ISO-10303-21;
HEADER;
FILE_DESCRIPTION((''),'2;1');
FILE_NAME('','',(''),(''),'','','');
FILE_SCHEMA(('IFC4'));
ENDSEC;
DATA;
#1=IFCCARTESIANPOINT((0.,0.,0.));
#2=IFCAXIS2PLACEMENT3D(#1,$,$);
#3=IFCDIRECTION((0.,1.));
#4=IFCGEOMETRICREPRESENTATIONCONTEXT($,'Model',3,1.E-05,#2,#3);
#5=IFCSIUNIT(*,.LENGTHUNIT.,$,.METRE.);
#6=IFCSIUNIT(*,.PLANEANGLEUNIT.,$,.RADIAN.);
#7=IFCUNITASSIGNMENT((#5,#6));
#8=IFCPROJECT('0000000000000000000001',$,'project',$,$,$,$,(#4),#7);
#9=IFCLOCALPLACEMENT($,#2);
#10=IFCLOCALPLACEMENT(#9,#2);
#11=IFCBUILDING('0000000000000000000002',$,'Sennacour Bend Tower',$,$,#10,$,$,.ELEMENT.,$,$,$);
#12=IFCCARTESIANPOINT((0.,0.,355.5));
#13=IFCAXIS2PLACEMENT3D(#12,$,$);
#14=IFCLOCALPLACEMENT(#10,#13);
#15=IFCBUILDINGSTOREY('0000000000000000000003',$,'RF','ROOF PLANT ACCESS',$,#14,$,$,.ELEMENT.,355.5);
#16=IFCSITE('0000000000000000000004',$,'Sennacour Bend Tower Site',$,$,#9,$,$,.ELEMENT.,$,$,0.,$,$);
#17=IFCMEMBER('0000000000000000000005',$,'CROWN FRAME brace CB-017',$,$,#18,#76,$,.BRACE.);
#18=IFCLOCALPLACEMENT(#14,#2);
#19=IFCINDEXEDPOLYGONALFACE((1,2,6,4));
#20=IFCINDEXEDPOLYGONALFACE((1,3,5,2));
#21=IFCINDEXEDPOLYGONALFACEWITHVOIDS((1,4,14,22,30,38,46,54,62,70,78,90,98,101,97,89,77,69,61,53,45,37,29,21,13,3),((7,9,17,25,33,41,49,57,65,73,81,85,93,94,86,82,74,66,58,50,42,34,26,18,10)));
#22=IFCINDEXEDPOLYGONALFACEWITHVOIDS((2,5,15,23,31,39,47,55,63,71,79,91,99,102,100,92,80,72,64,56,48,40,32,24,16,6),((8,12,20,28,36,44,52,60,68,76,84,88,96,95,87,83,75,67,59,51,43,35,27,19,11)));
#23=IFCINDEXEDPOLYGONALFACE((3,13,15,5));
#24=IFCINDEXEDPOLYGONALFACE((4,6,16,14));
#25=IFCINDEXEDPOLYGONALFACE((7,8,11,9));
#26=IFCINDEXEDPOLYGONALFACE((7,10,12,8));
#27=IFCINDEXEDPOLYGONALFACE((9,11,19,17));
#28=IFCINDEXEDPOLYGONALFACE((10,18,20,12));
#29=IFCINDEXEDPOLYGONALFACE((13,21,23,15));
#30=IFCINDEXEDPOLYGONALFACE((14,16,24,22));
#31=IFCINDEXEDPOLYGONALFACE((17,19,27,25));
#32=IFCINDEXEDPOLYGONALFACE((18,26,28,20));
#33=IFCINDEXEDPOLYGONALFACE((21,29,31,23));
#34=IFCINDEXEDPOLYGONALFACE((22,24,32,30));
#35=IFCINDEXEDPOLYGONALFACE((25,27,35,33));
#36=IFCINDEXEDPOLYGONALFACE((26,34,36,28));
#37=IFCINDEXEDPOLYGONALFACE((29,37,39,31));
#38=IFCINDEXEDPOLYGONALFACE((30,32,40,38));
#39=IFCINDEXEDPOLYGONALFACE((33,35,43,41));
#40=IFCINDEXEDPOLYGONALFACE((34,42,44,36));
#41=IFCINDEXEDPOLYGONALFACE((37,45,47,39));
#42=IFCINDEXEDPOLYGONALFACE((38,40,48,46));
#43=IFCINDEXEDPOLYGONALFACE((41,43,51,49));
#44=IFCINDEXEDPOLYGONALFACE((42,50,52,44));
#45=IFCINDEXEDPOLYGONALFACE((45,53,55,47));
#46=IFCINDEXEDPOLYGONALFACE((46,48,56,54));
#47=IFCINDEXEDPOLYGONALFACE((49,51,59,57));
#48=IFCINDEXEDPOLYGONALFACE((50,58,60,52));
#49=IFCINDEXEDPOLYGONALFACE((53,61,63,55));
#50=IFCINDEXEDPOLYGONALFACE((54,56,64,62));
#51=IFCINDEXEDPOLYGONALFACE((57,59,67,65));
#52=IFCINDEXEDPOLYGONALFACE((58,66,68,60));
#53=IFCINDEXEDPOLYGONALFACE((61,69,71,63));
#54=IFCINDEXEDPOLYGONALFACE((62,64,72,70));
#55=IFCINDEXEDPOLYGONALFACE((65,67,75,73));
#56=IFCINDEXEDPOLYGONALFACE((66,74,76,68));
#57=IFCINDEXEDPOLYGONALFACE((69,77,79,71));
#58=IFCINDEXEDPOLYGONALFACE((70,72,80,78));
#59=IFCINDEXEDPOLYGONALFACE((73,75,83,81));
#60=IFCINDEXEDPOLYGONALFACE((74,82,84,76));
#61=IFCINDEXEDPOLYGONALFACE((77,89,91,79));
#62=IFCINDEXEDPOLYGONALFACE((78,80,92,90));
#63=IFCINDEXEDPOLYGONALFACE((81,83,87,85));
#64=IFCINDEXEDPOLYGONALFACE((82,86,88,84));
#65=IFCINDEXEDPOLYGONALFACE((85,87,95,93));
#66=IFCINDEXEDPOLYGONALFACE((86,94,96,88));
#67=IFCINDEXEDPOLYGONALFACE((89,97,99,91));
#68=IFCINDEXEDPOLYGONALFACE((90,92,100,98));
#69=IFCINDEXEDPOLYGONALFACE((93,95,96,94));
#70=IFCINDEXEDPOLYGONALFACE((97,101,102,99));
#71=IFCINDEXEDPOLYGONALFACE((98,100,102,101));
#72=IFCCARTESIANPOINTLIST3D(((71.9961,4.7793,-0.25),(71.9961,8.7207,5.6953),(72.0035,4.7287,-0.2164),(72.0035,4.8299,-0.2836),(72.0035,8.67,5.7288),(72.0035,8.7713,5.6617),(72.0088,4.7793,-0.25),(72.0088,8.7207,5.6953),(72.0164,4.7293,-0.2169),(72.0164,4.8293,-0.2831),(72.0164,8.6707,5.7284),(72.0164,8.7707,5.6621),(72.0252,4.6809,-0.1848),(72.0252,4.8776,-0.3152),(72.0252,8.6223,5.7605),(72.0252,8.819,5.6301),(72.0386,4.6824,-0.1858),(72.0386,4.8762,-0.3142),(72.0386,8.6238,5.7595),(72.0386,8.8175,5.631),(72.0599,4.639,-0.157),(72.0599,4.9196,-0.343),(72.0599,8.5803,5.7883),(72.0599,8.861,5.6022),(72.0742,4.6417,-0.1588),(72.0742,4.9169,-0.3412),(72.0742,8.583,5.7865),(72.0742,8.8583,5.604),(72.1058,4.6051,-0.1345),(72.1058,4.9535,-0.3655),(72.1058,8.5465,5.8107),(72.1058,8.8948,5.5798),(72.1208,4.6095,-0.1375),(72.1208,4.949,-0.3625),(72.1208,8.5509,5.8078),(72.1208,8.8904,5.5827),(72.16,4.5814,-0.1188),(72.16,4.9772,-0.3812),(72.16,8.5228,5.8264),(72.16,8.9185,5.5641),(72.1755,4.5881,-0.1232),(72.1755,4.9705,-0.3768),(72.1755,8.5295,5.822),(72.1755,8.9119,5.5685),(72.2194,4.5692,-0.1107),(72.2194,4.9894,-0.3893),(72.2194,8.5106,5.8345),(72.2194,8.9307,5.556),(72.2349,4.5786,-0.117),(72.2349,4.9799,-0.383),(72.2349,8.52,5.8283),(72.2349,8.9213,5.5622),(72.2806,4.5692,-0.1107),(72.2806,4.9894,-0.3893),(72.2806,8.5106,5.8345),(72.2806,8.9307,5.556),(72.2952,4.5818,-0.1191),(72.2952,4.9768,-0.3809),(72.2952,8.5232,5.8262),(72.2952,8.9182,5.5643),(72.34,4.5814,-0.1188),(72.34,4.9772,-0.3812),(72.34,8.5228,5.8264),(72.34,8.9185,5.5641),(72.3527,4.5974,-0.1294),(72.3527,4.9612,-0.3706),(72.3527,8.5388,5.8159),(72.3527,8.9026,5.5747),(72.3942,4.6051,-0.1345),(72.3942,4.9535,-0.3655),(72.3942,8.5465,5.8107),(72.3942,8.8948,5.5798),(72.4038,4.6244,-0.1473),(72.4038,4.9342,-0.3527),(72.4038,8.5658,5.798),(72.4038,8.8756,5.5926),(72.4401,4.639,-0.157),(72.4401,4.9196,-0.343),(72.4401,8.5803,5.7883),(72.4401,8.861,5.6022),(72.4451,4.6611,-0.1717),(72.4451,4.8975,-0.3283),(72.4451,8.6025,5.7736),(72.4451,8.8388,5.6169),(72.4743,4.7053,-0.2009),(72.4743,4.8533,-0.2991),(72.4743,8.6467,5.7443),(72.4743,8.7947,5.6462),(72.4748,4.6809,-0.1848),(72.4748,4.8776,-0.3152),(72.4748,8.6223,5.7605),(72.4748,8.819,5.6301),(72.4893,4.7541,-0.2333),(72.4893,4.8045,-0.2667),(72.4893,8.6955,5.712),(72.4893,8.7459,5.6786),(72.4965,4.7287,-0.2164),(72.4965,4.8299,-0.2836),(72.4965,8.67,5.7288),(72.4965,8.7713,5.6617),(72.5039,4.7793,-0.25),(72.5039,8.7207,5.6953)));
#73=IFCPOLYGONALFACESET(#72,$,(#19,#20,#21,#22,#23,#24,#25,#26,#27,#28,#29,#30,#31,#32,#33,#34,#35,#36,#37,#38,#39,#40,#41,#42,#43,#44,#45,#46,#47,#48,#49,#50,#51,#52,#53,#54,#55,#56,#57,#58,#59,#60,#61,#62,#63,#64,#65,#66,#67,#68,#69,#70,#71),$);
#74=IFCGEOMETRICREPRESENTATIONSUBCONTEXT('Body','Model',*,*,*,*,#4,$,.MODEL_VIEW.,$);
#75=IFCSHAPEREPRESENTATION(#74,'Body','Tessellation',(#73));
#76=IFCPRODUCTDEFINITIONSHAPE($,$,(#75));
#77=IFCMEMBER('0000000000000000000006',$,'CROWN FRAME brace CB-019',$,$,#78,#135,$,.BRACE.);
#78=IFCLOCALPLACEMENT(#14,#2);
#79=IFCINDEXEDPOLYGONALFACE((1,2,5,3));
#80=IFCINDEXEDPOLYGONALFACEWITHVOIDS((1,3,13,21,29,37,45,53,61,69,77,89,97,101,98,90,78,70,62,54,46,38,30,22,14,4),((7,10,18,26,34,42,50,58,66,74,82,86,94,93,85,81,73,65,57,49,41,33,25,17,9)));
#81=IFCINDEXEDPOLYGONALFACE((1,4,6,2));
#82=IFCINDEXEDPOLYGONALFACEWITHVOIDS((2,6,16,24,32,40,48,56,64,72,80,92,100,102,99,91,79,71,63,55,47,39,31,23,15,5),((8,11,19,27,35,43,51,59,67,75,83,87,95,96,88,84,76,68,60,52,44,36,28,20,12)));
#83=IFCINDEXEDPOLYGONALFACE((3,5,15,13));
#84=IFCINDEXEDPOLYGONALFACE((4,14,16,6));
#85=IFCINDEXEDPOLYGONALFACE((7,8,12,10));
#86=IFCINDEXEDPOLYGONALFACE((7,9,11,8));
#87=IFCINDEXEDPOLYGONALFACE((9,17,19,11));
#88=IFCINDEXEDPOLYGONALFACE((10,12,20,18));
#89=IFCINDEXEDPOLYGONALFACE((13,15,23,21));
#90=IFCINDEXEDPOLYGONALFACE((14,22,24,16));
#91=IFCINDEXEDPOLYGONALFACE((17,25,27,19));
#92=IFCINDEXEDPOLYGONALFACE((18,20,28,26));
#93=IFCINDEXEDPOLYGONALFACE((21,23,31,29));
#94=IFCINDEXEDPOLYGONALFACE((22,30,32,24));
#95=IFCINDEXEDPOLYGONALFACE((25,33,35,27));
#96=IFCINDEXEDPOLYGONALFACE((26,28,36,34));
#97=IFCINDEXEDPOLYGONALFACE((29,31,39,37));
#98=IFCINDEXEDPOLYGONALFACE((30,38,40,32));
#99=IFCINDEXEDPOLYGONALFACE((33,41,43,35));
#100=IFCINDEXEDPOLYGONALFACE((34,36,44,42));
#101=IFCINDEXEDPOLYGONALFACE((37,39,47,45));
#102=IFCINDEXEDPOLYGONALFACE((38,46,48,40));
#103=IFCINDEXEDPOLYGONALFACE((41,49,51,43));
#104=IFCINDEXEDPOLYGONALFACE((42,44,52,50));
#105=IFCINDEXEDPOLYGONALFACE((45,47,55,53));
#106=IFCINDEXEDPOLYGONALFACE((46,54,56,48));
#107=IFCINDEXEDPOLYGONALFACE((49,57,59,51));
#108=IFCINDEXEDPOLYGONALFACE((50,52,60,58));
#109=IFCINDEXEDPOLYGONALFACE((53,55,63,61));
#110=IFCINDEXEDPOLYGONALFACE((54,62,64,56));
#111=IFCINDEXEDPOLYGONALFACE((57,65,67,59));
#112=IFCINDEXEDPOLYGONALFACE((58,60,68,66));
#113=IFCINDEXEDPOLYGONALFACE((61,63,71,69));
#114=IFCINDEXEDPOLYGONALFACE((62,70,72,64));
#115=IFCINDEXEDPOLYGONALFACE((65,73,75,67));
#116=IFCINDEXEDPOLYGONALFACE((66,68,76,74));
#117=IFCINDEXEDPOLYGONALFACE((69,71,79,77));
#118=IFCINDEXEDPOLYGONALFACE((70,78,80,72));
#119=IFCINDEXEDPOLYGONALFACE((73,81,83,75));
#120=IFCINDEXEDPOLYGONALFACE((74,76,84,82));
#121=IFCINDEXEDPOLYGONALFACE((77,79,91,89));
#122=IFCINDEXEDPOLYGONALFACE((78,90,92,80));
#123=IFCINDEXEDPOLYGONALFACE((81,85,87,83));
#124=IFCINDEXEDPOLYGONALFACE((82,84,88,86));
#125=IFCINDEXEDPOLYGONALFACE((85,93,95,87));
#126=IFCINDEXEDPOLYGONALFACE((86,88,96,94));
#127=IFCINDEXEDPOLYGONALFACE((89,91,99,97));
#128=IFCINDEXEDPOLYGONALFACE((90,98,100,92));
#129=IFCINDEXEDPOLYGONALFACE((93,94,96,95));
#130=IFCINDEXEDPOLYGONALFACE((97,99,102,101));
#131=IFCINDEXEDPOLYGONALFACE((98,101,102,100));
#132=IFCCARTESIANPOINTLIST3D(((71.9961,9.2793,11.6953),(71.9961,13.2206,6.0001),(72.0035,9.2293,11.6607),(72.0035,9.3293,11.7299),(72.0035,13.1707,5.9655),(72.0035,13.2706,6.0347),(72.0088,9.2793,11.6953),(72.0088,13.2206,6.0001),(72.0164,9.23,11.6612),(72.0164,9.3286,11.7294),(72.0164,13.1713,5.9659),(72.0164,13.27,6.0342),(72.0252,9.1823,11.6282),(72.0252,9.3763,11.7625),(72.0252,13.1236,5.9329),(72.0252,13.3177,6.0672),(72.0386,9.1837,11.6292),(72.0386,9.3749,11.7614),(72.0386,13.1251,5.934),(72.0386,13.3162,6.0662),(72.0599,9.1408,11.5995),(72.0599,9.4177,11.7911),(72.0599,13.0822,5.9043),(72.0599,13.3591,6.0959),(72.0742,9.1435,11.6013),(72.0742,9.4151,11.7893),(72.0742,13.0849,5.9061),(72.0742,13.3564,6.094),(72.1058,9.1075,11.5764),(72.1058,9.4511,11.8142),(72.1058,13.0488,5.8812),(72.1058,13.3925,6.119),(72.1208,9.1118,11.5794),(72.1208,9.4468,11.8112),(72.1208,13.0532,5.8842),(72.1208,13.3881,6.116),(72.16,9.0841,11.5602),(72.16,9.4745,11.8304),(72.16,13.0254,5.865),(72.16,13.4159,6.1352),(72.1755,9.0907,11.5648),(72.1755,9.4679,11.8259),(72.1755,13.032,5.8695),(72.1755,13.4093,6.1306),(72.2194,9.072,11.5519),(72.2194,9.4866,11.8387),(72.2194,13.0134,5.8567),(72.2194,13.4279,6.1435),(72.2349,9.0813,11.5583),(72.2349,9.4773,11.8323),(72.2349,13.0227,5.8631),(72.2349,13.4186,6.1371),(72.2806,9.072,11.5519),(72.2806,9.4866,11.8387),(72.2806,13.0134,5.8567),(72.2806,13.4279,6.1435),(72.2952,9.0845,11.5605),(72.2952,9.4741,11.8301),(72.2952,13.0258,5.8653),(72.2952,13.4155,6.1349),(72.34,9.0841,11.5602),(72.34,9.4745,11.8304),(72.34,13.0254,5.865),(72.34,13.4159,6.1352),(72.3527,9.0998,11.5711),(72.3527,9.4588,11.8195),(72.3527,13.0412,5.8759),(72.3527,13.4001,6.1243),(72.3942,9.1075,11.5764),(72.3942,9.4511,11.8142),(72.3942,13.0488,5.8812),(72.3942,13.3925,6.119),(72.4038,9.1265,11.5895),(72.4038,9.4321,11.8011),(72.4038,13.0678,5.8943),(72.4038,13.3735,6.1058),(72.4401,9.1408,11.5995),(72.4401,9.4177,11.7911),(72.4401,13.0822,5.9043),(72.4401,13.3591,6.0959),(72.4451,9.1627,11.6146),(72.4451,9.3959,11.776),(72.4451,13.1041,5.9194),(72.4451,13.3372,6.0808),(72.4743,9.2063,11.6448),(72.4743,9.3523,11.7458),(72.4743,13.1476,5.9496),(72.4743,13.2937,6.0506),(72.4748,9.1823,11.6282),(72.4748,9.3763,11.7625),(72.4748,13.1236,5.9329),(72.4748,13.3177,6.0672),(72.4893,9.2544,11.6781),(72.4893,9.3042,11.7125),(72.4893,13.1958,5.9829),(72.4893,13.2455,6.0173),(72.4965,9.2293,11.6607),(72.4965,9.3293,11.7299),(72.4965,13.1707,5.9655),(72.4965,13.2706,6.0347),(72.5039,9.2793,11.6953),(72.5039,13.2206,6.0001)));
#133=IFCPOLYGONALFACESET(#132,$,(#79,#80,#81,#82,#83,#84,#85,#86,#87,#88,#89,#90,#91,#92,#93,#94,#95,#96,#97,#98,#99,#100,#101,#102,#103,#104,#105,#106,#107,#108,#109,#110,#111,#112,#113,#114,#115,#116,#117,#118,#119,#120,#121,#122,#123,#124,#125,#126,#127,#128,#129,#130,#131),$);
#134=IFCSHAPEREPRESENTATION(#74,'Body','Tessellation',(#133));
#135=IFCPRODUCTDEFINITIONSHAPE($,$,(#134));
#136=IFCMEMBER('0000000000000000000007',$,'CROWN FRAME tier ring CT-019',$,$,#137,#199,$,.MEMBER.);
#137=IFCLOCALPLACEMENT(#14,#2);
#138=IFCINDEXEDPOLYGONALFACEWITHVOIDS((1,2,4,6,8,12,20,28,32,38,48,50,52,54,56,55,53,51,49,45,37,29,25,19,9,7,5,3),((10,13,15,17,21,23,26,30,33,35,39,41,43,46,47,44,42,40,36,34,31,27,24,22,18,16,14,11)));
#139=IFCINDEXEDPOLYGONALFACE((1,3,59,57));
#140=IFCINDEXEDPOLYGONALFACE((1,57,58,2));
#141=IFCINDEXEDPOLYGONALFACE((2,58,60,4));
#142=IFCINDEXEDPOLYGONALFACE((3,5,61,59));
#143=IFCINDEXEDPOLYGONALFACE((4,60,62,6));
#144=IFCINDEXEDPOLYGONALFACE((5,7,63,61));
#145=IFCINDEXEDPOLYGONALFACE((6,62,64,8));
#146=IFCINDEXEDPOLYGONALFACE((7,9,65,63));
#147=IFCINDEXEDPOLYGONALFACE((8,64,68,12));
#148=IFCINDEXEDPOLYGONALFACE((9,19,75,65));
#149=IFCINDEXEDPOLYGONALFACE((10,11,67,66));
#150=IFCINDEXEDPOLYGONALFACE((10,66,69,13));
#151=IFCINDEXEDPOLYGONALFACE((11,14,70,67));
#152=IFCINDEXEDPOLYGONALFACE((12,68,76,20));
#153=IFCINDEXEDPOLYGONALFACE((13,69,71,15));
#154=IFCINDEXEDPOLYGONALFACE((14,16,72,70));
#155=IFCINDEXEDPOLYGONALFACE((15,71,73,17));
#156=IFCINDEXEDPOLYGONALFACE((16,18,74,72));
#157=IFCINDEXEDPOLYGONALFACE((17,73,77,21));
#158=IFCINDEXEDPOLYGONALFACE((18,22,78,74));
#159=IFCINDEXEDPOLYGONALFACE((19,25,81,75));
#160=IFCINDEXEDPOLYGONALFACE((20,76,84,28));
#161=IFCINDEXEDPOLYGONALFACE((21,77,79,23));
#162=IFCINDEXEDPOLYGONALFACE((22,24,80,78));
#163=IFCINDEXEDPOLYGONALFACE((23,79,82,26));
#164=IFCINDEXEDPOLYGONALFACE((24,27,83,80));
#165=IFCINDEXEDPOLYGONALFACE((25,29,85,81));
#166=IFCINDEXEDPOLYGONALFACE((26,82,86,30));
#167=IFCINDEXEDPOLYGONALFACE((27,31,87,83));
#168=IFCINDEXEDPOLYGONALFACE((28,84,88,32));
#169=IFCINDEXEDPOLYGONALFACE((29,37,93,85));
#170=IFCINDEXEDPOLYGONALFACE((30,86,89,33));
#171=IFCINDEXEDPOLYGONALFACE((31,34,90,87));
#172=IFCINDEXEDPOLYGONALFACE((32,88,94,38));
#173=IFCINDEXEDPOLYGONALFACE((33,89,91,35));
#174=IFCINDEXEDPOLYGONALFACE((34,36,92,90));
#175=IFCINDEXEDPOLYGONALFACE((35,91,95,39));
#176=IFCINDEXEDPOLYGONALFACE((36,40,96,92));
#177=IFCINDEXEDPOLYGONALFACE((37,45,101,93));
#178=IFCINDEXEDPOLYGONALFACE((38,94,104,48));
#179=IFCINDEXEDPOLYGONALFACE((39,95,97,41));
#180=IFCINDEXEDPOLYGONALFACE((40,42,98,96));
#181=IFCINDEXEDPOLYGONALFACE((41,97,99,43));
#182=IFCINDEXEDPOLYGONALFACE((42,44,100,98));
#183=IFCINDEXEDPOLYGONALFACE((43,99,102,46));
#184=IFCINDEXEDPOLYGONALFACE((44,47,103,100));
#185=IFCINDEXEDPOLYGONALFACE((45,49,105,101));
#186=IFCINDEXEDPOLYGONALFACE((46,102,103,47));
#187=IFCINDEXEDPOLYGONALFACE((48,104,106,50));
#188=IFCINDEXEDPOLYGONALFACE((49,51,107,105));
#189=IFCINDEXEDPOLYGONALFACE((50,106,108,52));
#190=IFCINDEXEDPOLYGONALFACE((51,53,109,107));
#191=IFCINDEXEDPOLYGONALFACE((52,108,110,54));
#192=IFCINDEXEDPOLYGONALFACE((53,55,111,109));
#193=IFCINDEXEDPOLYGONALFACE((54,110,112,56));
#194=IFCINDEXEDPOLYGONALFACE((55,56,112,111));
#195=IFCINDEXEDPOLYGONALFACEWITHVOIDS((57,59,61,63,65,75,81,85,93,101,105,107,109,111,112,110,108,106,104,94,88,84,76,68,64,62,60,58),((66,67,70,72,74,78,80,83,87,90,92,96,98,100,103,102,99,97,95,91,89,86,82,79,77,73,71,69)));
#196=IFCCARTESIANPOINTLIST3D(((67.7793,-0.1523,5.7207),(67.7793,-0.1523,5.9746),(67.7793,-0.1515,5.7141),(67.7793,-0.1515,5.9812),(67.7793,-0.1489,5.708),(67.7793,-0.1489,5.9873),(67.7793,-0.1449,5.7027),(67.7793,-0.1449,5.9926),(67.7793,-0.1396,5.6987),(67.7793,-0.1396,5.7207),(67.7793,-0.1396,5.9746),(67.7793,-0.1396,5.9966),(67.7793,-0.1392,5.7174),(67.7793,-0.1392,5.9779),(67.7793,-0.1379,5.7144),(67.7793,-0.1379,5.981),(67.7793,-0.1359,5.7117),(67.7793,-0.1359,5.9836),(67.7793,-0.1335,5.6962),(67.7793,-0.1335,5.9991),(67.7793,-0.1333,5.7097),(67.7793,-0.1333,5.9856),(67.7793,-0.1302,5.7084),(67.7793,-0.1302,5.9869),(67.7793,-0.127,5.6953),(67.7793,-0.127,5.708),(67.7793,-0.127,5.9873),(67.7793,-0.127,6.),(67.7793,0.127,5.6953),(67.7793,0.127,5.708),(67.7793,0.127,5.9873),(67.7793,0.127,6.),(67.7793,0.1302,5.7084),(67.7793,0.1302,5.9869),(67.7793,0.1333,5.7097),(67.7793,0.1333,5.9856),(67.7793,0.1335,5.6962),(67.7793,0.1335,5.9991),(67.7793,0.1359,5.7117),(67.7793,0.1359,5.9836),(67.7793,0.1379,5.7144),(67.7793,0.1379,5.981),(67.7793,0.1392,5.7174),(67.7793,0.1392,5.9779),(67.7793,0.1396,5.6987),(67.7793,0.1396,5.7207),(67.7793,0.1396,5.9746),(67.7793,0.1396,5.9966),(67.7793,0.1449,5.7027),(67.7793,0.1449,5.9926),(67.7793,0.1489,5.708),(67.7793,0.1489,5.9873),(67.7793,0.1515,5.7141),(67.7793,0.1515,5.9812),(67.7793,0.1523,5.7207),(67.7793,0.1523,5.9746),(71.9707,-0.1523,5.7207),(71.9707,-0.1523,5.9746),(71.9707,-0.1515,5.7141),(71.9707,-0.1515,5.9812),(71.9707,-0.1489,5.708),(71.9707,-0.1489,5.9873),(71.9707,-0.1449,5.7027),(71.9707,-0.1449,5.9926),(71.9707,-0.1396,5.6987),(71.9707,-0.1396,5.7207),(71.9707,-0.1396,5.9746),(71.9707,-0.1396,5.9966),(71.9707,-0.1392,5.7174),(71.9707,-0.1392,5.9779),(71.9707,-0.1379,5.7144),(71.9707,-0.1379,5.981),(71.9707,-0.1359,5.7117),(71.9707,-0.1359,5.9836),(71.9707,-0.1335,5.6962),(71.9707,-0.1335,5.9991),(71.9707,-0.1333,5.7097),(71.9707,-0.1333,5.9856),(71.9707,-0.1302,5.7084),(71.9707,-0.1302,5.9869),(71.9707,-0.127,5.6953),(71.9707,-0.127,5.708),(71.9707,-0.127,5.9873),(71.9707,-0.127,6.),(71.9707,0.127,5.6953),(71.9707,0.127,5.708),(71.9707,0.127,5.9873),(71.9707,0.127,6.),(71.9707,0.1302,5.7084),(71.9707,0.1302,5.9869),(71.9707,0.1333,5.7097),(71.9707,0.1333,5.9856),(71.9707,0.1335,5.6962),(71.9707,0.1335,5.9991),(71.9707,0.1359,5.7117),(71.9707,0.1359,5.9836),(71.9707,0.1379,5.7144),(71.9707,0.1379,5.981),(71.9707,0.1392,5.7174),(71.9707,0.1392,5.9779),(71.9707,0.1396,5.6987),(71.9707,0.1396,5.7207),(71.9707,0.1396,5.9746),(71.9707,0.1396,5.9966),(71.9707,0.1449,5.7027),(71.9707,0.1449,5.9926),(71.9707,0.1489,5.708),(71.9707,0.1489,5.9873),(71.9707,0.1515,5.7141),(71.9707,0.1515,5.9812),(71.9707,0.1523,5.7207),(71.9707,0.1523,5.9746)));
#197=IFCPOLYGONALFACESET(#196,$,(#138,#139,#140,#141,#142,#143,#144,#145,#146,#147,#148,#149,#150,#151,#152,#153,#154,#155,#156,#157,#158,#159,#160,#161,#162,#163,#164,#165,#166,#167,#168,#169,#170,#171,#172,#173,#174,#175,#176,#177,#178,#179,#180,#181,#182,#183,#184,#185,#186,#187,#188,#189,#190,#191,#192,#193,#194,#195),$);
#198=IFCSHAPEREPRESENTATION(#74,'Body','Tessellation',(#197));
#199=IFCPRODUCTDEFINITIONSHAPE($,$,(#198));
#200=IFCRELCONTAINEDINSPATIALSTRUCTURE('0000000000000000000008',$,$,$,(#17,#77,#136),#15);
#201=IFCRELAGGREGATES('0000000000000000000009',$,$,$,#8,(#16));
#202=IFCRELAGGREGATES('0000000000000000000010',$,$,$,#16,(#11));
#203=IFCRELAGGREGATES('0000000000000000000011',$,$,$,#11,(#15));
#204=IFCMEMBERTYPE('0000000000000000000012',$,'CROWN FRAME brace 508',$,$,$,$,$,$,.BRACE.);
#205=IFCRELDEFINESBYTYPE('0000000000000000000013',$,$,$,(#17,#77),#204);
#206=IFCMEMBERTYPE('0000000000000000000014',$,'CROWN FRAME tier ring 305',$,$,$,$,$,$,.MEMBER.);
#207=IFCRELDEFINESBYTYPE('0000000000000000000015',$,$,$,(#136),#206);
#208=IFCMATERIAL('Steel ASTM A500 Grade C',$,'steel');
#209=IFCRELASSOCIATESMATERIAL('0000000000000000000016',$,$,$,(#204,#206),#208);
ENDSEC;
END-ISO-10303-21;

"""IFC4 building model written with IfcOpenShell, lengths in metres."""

from ifc_helpers import new_model, si_unit, direction, frame, origin, origin_2d, place, context, subcontext, project, spatial, hollow_rectangle, hollow_circle, extrude, material, material_profile, profile_set, type_object, element, save


model = new_model("IFC4")

# Units and contexts
model_context = context("Model", 3, precision=1e-05, world=origin(), true_north=direction((0.0, 1.0)))
body_context = subcontext(model_context, "Body", "Model", "MODEL_VIEW")
ifc_project = project(units=[si_unit("LENGTHUNIT", "METRE"), si_unit("PLANEANGLEUNIT", "RADIAN")], contexts=[model_context])

# Site, building, storey
site_placement = place(None, origin())
site = spatial("IfcSite", under=ifc_project, at=site_placement, Name="Sennacour Bend Tower Site", CompositionType="ELEMENT", RefElevation=0.0)
building_placement = place(site_placement, origin())
building = spatial("IfcBuilding", under=site, at=building_placement, Name="Sennacour Bend Tower", CompositionType="ELEMENT")
storey_placement = place(building_placement, frame((0.0, 0.0, 355.5)))
storey = spatial("IfcBuildingStorey", under=building, at=storey_placement, Name="RF", Description="ROOF PLANT ACCESS", CompositionType="ELEMENT", Elevation=355.5)

# Shared definitions
ifc_material_1 = material(Name="Steel ASTM A500 Grade C", Category="steel")

# Members
ifc_material_profile_1 = material_profile(ifc_material_1, hollow_circle(Radius=0.2539, WallThickness=0.0127, at=origin_2d()), Name="Steel ASTM A500 Grade C", Category="steel")
ifc_profile_set_1 = profile_set([ifc_material_profile_1], Name="Steel ASTM A500 Grade C")
member_type_1 = type_object("IfcMemberType", Name="CROWN FRAME brace 508", PredefinedType="BRACE", material=ifc_profile_set_1)
member_1_placement = place(storey_placement, frame((72.25, 4.7793, -0.25), z_axis=(0.0, 0.55255, 0.83348), x_axis=(-1.0, 0.0, 0.0)))
element("IfcMember", 1, at=member_1_placement, inside=storey, type_object=member_type_1, Name="CROWN FRAME brace CB-017", PredefinedType="BRACE", context=body_context, shape_type="SweptSolid", body=[
    extrude(hollow_circle(Radius=0.2539, WallThickness=0.0127, at=origin_2d()), origin(), (0.0, 0.0, 1.0), 7.1331),
])
member_2_placement = place(storey_placement, frame((72.25, 9.2793, 11.6953), z_axis=(0.0, 0.569063, -0.822294), x_axis=(-1.0, 0.0, 0.0)))
element("IfcMember", 2, at=member_2_placement, inside=storey, type_object=member_type_1, Name="CROWN FRAME brace CB-019", PredefinedType="BRACE", context=body_context, shape_type="SweptSolid", body=[
    extrude(hollow_circle(Radius=0.2539, WallThickness=0.0127, at=origin_2d()), origin(), (0.0, 0.0, 1.0), 6.926),
])
ifc_material_profile_2 = material_profile(ifc_material_1, hollow_rectangle(XDim=0.3047, YDim=0.3047, WallThickness=0.0127, InnerFilletRadius=0.0127, OuterFilletRadius=0.0254, at=origin_2d()), Name="Steel ASTM A500 Grade C", Category="steel")
ifc_profile_set_2 = profile_set([ifc_material_profile_2], Name="Steel ASTM A500 Grade C")
member_type_2 = type_object("IfcMemberType", Name="CROWN FRAME tier ring 305", PredefinedType="MEMBER", material=ifc_profile_set_2)
member_3_placement = place(storey_placement, frame((67.7793, 0.0, 5.8477), z_axis=(1.0, 0.0, 0.0), x_axis=(0.0, 1.0, 0.0)))
element("IfcMember", 3, at=member_3_placement, inside=storey, type_object=member_type_2, Name="CROWN FRAME tier ring CT-019", PredefinedType="MEMBER", context=body_context, shape_type="SweptSolid", body=[
    extrude(hollow_rectangle(XDim=0.3047, YDim=0.3047, WallThickness=0.0127, InnerFilletRadius=0.0127, OuterFilletRadius=0.0254, at=origin_2d()), origin(), (0.0, 0.0, 1.0), 4.1914),
])

save(model, "model.ifc")
